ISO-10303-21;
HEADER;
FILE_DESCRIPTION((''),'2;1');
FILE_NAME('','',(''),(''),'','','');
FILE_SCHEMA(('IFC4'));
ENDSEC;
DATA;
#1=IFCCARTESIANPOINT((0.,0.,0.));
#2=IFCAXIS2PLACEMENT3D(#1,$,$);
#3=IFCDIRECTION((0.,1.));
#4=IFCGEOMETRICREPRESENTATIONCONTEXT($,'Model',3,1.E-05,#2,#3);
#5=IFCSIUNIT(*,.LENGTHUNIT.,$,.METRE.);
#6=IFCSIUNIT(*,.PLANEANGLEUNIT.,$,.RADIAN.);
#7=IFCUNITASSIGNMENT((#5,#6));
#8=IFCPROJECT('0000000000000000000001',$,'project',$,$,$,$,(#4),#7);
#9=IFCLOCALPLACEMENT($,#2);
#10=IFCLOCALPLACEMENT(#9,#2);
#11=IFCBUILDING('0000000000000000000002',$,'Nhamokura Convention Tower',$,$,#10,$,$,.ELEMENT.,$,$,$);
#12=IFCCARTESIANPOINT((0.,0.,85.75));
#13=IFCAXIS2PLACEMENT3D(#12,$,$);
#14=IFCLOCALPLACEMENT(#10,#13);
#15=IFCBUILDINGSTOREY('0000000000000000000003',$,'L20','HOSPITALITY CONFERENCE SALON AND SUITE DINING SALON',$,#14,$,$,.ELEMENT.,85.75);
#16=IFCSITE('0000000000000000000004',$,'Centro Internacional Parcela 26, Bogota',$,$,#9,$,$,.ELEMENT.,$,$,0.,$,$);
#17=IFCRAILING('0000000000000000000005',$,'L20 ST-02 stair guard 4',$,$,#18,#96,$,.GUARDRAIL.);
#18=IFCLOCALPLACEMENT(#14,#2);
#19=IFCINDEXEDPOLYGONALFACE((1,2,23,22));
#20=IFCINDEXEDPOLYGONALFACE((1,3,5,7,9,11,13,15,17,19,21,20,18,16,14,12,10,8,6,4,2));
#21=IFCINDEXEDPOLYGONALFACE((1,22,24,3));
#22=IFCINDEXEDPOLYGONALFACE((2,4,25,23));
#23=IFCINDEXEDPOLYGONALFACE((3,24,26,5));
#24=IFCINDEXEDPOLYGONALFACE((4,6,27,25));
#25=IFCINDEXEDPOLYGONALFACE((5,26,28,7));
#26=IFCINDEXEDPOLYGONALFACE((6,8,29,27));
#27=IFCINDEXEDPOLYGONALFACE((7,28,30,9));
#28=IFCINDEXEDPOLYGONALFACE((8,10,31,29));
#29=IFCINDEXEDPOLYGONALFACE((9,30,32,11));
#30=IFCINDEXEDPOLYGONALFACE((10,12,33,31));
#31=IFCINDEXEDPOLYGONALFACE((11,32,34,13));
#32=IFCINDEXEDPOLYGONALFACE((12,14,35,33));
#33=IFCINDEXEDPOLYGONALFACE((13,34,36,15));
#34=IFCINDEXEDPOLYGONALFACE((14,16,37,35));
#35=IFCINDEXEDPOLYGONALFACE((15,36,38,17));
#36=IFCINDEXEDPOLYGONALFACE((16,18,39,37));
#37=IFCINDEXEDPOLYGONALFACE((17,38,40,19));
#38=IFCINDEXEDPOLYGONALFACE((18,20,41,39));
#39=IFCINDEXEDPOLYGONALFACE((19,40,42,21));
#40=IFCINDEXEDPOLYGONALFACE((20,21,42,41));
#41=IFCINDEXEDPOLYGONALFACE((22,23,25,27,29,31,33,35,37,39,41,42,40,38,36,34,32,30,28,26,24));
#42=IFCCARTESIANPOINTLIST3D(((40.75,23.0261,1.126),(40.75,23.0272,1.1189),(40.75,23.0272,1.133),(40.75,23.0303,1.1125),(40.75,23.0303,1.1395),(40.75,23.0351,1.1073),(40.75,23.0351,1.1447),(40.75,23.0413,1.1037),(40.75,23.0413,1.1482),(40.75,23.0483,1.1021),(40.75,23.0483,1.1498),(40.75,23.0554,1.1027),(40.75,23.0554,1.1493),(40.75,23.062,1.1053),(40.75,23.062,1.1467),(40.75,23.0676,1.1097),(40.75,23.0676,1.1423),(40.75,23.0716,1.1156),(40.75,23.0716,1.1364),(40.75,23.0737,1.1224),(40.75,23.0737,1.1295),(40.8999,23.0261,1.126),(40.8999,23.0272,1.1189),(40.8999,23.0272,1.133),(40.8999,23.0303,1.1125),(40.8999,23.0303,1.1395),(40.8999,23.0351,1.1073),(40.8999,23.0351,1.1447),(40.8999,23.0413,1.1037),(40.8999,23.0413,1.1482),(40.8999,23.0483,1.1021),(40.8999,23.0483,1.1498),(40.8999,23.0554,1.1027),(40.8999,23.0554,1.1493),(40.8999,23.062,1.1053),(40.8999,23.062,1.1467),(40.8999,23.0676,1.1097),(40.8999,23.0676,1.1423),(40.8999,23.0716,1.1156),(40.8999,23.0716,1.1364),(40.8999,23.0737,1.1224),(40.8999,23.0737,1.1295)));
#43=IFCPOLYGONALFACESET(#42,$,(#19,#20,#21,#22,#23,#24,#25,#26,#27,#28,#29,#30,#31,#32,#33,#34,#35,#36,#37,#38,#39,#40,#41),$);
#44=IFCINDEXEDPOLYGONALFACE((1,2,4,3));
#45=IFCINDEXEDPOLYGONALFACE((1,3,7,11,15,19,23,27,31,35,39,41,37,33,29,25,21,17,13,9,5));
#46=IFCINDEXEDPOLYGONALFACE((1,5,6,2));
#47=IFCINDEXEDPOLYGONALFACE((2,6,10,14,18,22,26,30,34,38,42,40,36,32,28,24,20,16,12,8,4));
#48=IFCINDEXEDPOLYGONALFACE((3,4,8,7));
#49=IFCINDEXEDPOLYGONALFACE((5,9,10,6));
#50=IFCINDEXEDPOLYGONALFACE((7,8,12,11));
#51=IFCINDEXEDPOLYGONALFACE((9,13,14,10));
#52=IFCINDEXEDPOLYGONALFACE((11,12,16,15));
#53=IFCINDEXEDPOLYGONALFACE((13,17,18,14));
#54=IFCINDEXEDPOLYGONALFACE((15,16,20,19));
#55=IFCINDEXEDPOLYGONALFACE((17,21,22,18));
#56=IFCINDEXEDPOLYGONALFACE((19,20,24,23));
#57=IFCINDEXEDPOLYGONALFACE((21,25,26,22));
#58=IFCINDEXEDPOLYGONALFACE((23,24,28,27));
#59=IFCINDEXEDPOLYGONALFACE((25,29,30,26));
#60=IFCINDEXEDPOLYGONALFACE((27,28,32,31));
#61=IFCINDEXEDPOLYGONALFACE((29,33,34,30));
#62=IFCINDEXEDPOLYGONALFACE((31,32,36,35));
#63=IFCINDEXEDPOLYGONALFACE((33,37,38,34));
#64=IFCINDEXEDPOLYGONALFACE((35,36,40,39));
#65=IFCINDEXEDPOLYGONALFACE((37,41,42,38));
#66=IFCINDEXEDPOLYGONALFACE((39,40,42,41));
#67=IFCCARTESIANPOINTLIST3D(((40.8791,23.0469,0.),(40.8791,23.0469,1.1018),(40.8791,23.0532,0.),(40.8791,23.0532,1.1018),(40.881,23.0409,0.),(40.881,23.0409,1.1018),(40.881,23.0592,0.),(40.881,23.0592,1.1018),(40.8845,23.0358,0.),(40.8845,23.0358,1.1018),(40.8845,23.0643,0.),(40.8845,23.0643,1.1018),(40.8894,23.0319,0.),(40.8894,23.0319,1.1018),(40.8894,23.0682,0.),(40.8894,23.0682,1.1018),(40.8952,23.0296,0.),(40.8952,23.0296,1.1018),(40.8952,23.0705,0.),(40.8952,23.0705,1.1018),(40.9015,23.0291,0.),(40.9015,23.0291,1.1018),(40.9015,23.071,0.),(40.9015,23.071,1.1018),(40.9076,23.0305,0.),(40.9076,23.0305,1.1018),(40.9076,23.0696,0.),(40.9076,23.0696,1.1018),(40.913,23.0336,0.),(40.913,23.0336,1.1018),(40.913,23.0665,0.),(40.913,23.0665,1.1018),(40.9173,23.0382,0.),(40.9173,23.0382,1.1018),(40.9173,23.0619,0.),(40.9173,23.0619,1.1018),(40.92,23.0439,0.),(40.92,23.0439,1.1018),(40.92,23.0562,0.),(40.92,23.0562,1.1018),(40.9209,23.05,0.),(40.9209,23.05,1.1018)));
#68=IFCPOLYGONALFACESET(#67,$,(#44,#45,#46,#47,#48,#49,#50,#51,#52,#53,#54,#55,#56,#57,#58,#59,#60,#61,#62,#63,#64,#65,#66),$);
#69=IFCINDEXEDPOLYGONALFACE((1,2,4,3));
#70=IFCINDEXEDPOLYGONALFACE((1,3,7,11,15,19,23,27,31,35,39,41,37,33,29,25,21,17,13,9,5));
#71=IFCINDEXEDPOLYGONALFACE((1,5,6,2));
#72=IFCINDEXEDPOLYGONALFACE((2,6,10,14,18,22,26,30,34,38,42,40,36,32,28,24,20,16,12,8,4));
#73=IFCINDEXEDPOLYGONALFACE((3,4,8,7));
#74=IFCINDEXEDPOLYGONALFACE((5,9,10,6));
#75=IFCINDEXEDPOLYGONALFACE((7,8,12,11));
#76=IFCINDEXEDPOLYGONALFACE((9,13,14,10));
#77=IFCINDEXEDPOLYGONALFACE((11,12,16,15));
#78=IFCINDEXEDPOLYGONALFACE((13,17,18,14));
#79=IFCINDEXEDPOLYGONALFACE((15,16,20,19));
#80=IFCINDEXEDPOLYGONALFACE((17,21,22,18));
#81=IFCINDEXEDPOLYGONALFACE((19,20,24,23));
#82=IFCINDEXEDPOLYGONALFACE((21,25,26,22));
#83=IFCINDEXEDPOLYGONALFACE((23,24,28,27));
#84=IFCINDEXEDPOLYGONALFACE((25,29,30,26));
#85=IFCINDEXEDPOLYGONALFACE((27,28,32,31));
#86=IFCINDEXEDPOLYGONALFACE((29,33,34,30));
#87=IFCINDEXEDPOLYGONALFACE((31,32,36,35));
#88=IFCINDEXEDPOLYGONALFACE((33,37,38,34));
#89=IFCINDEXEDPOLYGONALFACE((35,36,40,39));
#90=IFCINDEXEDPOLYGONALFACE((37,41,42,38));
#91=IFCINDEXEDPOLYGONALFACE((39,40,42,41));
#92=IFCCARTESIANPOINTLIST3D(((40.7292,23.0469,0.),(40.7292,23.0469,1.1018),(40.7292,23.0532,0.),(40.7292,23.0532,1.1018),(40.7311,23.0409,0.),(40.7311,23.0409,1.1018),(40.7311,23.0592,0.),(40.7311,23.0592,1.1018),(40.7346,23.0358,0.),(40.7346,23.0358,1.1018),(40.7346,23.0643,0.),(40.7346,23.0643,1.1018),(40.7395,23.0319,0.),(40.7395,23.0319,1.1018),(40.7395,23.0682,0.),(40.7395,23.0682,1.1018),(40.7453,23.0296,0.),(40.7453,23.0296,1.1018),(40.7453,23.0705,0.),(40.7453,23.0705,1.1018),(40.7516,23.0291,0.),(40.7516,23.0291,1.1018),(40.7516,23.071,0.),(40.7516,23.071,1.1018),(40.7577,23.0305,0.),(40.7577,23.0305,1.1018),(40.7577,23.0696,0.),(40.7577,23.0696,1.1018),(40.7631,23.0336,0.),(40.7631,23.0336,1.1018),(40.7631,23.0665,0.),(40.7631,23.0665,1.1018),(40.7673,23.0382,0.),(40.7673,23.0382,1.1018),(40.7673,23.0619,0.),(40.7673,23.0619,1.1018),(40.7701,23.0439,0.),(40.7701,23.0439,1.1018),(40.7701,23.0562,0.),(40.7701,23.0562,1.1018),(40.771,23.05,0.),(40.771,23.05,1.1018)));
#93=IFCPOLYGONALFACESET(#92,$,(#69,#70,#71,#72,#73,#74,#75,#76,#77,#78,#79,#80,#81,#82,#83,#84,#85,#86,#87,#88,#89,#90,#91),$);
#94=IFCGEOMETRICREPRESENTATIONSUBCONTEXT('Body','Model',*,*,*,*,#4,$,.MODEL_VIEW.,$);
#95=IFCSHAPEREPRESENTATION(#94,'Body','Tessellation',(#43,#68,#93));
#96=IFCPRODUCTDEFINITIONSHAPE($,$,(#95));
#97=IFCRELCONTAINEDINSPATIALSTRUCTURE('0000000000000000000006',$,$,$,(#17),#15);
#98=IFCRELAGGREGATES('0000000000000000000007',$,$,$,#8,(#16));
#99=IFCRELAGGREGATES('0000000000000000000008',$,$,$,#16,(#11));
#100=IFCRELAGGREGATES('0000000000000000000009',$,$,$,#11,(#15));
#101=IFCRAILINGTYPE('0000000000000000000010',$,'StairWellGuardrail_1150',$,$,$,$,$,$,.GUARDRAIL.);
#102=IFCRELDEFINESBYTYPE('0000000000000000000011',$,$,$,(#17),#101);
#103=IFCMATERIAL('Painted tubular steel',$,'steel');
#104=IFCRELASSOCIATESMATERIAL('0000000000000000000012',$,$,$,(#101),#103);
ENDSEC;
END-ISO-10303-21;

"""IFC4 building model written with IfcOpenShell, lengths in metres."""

from ifc_helpers import new_model, si_unit, direction, frame, origin, origin_2d, place, context, subcontext, project, spatial, circle, extrude, material, type_object, element, save


model = new_model("IFC4")

# Units and contexts
model_context = context("Model", 3, precision=1e-05, world=origin(), true_north=direction((0.0, 1.0)))
body_context = subcontext(model_context, "Body", "Model", "MODEL_VIEW")
ifc_project = project(units=[si_unit("LENGTHUNIT", "METRE"), si_unit("PLANEANGLEUNIT", "RADIAN")], contexts=[model_context])

# Site, building, storey
site_placement = place(None, origin())
site = spatial("IfcSite", under=ifc_project, at=site_placement, Name="Centro Internacional Parcela 26, Bogota", CompositionType="ELEMENT", RefElevation=0.0)
building_placement = place(site_placement, origin())
building = spatial("IfcBuilding", under=site, at=building_placement, Name="Nhamokura Convention Tower", CompositionType="ELEMENT")
storey_placement = place(building_placement, frame((0.0, 0.0, 85.75)))
storey = spatial("IfcBuildingStorey", under=building, at=storey_placement, Name="L20", Description="HOSPITALITY CONFERENCE SALON AND SUITE DINING SALON", CompositionType="ELEMENT", Elevation=85.75)

# Railing
ifc_material_1 = material(Name="Painted tubular steel", Category="steel")
railing_type_1 = type_object("IfcRailingType", Name="StairWellGuardrail_1150", PredefinedType="GUARDRAIL", material=ifc_material_1)
railing_1_placement = place(storey_placement, frame((40.8999, 23.05, 0.0)))
element("IfcRailing", 1, at=railing_1_placement, inside=storey, type_object=railing_type_1, Name="L20 ST-02 stair guard 4", PredefinedType="GUARDRAIL", context=body_context, shape_type="SweptSolid", body=[
    extrude(circle(Radius=0.0239, at=origin_2d()), frame((0.0, 0.0, 1.126), z_axis=(-1.0, 0.0, 0.0), x_axis=(0.0, -1.0, 0.0)), (0.0, 0.0, 1.0), 0.1499),
    extrude(circle(Radius=0.021, at=origin_2d()), origin(), (0.0, 0.0, 1.0), 1.1018),
    extrude(circle(Radius=0.021, at=origin_2d()), frame((-0.1499, 0.0, 0.0)), (0.0, 0.0, 1.0), 1.1018),
])

save(model, "model.ifc")
